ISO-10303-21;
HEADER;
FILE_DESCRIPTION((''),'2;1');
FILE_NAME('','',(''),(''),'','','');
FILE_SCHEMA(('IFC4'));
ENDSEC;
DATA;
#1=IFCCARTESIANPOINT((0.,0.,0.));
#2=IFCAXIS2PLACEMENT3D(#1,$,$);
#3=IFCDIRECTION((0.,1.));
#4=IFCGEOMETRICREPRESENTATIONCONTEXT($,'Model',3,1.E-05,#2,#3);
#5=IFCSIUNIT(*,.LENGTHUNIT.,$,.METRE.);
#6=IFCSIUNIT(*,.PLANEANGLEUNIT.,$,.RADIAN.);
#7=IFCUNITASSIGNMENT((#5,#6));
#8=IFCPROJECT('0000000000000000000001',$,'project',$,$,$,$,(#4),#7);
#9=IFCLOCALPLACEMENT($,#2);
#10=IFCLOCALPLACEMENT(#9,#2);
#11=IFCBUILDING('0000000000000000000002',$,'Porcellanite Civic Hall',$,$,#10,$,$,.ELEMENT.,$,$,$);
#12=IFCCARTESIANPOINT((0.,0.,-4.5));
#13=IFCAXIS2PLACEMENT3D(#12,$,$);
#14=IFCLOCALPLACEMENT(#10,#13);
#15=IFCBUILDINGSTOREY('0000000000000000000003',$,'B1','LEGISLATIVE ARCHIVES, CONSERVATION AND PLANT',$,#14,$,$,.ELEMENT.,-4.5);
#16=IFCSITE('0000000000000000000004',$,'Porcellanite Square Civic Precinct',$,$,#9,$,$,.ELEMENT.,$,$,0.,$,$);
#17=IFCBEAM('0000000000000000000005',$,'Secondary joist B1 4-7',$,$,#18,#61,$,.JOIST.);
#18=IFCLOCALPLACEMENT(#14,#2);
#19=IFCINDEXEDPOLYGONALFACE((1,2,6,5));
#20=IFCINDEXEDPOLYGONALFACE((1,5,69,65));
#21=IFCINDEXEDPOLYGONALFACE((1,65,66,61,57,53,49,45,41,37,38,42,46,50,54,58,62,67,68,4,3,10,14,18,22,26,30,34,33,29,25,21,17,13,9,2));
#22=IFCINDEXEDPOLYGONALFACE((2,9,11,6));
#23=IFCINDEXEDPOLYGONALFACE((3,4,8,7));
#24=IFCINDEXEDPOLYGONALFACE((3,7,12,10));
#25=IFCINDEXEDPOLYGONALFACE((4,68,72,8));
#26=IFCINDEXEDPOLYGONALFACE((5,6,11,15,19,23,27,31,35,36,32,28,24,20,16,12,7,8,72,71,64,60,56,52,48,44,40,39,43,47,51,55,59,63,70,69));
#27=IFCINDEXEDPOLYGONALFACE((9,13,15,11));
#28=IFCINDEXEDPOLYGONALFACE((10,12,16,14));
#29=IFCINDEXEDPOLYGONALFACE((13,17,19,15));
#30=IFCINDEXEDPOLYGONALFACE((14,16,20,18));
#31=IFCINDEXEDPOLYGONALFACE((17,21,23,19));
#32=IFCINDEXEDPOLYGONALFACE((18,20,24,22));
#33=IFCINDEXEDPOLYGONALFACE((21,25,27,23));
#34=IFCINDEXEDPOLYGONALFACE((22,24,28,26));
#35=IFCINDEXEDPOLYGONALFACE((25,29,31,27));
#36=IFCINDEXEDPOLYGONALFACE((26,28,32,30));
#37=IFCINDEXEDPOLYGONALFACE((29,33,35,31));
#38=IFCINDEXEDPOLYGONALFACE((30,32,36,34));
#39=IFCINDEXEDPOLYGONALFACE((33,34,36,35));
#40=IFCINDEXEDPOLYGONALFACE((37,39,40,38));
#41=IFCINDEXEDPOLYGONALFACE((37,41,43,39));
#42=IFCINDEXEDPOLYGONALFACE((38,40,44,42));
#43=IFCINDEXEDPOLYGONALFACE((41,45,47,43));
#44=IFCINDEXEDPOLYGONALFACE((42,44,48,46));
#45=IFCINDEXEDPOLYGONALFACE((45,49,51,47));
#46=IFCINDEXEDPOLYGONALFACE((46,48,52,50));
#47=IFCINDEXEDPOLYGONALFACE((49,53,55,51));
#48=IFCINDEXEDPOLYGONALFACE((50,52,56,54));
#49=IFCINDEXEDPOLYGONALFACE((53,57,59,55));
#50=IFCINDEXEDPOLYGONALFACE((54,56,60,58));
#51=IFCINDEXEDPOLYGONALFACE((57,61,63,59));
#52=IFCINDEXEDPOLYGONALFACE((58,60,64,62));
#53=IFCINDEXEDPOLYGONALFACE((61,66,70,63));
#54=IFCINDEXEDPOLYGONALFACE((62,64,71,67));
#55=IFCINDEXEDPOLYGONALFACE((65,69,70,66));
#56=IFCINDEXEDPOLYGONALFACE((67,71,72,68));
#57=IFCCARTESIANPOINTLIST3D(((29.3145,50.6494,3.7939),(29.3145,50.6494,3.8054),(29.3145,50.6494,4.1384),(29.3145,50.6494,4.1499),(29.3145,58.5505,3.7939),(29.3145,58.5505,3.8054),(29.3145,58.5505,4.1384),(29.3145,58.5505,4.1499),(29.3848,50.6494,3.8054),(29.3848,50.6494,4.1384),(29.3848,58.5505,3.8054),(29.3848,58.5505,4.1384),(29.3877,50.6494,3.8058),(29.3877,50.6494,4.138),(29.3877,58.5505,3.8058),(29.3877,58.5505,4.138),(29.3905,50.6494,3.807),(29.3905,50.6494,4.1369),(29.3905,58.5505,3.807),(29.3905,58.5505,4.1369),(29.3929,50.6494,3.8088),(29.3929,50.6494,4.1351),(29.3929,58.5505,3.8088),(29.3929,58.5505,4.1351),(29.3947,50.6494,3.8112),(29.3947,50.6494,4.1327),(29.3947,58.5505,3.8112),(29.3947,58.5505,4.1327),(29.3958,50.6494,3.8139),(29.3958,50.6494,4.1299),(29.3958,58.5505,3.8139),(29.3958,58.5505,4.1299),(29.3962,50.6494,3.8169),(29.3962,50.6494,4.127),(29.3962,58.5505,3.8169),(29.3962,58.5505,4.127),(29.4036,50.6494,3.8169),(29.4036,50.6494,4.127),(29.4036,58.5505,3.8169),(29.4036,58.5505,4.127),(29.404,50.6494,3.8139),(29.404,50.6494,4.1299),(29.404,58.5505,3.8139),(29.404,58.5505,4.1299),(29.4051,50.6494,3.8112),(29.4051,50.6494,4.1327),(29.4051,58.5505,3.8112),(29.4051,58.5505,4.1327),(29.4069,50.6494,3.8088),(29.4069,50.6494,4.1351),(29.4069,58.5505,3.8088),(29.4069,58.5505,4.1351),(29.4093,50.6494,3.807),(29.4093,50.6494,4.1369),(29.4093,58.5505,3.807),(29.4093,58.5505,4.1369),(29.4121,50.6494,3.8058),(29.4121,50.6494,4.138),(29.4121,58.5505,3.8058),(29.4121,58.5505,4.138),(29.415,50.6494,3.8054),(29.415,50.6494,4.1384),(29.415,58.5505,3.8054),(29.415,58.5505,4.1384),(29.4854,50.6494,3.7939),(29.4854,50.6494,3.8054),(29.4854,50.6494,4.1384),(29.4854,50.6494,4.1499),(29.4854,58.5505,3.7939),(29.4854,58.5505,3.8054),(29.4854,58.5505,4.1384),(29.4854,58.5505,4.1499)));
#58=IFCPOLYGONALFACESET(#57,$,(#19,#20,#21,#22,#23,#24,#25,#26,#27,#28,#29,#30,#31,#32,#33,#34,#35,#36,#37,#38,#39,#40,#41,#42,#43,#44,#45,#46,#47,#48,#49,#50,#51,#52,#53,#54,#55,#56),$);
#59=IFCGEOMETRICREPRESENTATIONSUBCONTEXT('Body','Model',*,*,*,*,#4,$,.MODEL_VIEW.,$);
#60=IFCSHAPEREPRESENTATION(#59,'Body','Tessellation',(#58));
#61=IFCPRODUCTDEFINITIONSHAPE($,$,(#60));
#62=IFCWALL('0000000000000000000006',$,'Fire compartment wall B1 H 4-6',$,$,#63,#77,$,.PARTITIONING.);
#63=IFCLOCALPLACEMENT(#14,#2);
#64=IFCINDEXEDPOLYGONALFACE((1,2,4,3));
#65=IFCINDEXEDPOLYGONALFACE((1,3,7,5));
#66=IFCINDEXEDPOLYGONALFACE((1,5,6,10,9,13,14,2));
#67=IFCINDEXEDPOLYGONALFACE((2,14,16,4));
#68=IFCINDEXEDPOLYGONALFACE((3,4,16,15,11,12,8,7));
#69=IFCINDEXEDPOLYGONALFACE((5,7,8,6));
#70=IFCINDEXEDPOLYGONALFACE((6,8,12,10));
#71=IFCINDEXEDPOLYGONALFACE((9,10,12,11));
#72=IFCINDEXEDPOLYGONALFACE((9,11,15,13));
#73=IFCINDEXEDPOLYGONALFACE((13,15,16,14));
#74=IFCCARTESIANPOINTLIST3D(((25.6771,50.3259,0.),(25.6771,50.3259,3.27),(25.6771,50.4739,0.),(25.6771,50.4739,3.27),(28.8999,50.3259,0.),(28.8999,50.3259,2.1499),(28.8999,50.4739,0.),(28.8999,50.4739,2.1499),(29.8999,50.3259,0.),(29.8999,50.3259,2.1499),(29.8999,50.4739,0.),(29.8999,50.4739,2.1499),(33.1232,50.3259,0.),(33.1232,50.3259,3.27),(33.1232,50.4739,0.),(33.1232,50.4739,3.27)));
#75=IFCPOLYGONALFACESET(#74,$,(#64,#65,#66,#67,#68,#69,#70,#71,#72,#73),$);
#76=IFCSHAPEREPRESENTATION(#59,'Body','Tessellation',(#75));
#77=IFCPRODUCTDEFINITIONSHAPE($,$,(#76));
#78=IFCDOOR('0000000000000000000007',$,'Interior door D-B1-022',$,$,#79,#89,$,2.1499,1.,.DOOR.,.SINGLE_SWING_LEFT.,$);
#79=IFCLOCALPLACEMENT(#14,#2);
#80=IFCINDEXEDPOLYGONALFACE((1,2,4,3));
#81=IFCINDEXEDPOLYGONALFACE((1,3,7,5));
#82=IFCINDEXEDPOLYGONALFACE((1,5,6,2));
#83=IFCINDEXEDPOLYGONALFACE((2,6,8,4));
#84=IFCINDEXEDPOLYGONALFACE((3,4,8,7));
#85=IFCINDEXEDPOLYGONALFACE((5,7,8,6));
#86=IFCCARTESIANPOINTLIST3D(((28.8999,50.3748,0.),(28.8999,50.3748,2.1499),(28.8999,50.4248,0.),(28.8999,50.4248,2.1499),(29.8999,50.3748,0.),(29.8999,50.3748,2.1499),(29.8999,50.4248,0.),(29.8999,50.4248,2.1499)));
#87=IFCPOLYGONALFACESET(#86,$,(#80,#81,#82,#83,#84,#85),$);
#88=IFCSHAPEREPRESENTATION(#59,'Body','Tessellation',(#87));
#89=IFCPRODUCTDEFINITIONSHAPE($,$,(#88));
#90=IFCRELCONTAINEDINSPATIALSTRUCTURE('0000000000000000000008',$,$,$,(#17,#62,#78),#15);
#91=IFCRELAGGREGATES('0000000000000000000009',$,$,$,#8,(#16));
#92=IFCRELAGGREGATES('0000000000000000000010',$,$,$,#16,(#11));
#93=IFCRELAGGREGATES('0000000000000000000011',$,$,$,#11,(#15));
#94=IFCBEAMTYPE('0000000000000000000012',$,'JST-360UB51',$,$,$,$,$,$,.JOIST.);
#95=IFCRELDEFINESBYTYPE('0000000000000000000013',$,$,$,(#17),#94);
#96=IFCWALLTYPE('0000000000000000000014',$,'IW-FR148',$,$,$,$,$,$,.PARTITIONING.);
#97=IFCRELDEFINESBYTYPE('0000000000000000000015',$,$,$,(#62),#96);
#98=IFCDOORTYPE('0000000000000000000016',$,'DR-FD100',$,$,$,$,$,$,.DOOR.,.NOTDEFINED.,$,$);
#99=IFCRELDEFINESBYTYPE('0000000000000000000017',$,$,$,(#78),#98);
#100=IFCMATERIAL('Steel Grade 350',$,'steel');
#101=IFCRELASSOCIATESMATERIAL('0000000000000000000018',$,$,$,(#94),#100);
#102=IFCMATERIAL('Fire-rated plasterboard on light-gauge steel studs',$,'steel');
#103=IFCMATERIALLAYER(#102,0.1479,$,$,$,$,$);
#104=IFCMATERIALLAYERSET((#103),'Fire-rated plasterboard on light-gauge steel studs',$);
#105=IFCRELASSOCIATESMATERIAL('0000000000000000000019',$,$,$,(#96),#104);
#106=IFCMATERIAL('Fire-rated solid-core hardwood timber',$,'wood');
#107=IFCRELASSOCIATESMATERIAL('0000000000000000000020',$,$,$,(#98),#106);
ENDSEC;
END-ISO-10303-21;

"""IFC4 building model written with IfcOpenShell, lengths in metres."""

from ifc_helpers import new_model, si_unit, direction, frame, frame_2d, origin, origin_2d, place, context, subcontext, project, spatial, rectangle, i_section, extrude, material, layer, layer_set, material_profile, profile_set, type_object, element, fill, save


model = new_model("IFC4")

# Units and contexts
model_context = context("Model", 3, precision=1e-05, world=origin(), true_north=direction((0.0, 1.0)))
body_context = subcontext(model_context, "Body", "Model", "MODEL_VIEW")
ifc_project = project(units=[si_unit("LENGTHUNIT", "METRE"), si_unit("PLANEANGLEUNIT", "RADIAN")], contexts=[model_context])

# Site, building, storey
site_placement = place(None, origin())
site = spatial("IfcSite", under=ifc_project, at=site_placement, Name="Porcellanite Square Civic Precinct", CompositionType="ELEMENT", RefElevation=0.0)
building_placement = place(site_placement, origin())
building = spatial("IfcBuilding", under=site, at=building_placement, Name="Porcellanite Civic Hall", CompositionType="ELEMENT")
storey_placement = place(building_placement, frame((0.0, 0.0, -4.5)))
storey = spatial("IfcBuildingStorey", under=building, at=storey_placement, Name="B1", Description="LEGISLATIVE ARCHIVES, CONSERVATION AND PLANT", CompositionType="ELEMENT", Elevation=-4.5)

# Beam
ifc_material_1 = material(Name="Steel Grade 350", Category="steel")
ifc_material_profile_1 = material_profile(ifc_material_1, i_section(OverallWidth=0.1709, OverallDepth=0.356, WebThickness=0.0073, FlangeThickness=0.0115, FilletRadius=0.0115, at=origin_2d()), Name="360UB50.7")
ifc_profile_set_1 = profile_set([ifc_material_profile_1], Name="Steel Grade 350")
beam_type_1 = type_object("IfcBeamType", Name="JST-360UB51", PredefinedType="JOIST", material=ifc_profile_set_1)
beam_1_placement = place(storey_placement, frame((29.3999, 50.6494, 3.9719), z_axis=(0.0, 1.0, 0.0), x_axis=(-1.0, 0.0, 0.0)))
element("IfcBeam", 1, at=beam_1_placement, inside=storey, type_object=beam_type_1, Name="Secondary joist B1 4-7", PredefinedType="JOIST", context=body_context, shape_type="SweptSolid", body=[
    extrude(i_section(OverallWidth=0.1709, OverallDepth=0.356, WebThickness=0.0073, FlangeThickness=0.0115, FilletRadius=0.0115, at=origin_2d()), origin(), (0.0, 0.0, 1.0), 7.9011),
])

# Wall, opening, door
ifc_material_2 = material(Name="Fire-rated plasterboard on light-gauge steel studs", Category="steel")
ifc_layer_1 = layer(ifc_material_2, 0.1479)
ifc_layer_set_1 = layer_set([ifc_layer_1], Name="Fire-rated plasterboard on light-gauge steel studs")
wall_type_1 = type_object("IfcWallType", Name="IW-FR148", PredefinedType="PARTITIONING", material=ifc_layer_set_1)
wall_1_placement = place(storey_placement, frame((25.677, 50.3999, 0.0), z_axis=(0.0, 0.0, 1.0), x_axis=(1.0, 0.0, 0.0)))
wall_1 = element("IfcWall", 2, at=wall_1_placement, inside=storey, type_object=wall_type_1, Name="Fire compartment wall B1 H 4-6", PredefinedType="PARTITIONING", context=body_context, shape_type="SweptSolid", body=[
    extrude(rectangle(XDim=7.446, YDim=0.1479, at=frame_2d((3.7231, 0.0))), origin(), (0.0, 0.0, 1.0), 3.27),
])
opening_1_placement = place(wall_1_placement, frame((3.2229, 0.0, 0.0)))
opening_1 = element("IfcOpeningElement", 3, at=opening_1_placement, cuts=wall_1, PredefinedType="OPENING", context=body_context, shape_type="SweptSolid", body=[
    extrude(rectangle(XDim=1.0, YDim=2.1499, at=frame_2d((0.5, 1.075))), frame((0.0, 0.074, 0.0), z_axis=(0.0, -1.0, 0.0), x_axis=(1.0, 0.0, 0.0)), (0.0, 0.0, 1.0), 0.1479),
])
ifc_material_3 = material(Name="Fire-rated solid-core hardwood timber", Category="wood")
door_type_1 = type_object("IfcDoorType", Name="DR-FD100", OperationType="NOTDEFINED", PredefinedType="DOOR", material=ifc_material_3)
door_1_placement = place(opening_1_placement, origin())
door_1 = element("IfcDoor", 4, at=door_1_placement, inside=storey, type_object=door_type_1, Name="Interior door D-B1-022", OperationType="SINGLE_SWING_LEFT", OverallHeight=2.1499, OverallWidth=1.0, PredefinedType="DOOR", context=body_context, shape_type="SweptSolid", body=[
    extrude(rectangle(XDim=1.0, YDim=2.1499, at=frame_2d((0.5, 1.075))), frame((0.0, 0.0249, 0.0), z_axis=(0.0, -1.0, 0.0), x_axis=(1.0, 0.0, 0.0)), (0.0, 0.0, 1.0), 0.05),
])
fill(opening_1, door_1)

save(model, "model.ifc")
